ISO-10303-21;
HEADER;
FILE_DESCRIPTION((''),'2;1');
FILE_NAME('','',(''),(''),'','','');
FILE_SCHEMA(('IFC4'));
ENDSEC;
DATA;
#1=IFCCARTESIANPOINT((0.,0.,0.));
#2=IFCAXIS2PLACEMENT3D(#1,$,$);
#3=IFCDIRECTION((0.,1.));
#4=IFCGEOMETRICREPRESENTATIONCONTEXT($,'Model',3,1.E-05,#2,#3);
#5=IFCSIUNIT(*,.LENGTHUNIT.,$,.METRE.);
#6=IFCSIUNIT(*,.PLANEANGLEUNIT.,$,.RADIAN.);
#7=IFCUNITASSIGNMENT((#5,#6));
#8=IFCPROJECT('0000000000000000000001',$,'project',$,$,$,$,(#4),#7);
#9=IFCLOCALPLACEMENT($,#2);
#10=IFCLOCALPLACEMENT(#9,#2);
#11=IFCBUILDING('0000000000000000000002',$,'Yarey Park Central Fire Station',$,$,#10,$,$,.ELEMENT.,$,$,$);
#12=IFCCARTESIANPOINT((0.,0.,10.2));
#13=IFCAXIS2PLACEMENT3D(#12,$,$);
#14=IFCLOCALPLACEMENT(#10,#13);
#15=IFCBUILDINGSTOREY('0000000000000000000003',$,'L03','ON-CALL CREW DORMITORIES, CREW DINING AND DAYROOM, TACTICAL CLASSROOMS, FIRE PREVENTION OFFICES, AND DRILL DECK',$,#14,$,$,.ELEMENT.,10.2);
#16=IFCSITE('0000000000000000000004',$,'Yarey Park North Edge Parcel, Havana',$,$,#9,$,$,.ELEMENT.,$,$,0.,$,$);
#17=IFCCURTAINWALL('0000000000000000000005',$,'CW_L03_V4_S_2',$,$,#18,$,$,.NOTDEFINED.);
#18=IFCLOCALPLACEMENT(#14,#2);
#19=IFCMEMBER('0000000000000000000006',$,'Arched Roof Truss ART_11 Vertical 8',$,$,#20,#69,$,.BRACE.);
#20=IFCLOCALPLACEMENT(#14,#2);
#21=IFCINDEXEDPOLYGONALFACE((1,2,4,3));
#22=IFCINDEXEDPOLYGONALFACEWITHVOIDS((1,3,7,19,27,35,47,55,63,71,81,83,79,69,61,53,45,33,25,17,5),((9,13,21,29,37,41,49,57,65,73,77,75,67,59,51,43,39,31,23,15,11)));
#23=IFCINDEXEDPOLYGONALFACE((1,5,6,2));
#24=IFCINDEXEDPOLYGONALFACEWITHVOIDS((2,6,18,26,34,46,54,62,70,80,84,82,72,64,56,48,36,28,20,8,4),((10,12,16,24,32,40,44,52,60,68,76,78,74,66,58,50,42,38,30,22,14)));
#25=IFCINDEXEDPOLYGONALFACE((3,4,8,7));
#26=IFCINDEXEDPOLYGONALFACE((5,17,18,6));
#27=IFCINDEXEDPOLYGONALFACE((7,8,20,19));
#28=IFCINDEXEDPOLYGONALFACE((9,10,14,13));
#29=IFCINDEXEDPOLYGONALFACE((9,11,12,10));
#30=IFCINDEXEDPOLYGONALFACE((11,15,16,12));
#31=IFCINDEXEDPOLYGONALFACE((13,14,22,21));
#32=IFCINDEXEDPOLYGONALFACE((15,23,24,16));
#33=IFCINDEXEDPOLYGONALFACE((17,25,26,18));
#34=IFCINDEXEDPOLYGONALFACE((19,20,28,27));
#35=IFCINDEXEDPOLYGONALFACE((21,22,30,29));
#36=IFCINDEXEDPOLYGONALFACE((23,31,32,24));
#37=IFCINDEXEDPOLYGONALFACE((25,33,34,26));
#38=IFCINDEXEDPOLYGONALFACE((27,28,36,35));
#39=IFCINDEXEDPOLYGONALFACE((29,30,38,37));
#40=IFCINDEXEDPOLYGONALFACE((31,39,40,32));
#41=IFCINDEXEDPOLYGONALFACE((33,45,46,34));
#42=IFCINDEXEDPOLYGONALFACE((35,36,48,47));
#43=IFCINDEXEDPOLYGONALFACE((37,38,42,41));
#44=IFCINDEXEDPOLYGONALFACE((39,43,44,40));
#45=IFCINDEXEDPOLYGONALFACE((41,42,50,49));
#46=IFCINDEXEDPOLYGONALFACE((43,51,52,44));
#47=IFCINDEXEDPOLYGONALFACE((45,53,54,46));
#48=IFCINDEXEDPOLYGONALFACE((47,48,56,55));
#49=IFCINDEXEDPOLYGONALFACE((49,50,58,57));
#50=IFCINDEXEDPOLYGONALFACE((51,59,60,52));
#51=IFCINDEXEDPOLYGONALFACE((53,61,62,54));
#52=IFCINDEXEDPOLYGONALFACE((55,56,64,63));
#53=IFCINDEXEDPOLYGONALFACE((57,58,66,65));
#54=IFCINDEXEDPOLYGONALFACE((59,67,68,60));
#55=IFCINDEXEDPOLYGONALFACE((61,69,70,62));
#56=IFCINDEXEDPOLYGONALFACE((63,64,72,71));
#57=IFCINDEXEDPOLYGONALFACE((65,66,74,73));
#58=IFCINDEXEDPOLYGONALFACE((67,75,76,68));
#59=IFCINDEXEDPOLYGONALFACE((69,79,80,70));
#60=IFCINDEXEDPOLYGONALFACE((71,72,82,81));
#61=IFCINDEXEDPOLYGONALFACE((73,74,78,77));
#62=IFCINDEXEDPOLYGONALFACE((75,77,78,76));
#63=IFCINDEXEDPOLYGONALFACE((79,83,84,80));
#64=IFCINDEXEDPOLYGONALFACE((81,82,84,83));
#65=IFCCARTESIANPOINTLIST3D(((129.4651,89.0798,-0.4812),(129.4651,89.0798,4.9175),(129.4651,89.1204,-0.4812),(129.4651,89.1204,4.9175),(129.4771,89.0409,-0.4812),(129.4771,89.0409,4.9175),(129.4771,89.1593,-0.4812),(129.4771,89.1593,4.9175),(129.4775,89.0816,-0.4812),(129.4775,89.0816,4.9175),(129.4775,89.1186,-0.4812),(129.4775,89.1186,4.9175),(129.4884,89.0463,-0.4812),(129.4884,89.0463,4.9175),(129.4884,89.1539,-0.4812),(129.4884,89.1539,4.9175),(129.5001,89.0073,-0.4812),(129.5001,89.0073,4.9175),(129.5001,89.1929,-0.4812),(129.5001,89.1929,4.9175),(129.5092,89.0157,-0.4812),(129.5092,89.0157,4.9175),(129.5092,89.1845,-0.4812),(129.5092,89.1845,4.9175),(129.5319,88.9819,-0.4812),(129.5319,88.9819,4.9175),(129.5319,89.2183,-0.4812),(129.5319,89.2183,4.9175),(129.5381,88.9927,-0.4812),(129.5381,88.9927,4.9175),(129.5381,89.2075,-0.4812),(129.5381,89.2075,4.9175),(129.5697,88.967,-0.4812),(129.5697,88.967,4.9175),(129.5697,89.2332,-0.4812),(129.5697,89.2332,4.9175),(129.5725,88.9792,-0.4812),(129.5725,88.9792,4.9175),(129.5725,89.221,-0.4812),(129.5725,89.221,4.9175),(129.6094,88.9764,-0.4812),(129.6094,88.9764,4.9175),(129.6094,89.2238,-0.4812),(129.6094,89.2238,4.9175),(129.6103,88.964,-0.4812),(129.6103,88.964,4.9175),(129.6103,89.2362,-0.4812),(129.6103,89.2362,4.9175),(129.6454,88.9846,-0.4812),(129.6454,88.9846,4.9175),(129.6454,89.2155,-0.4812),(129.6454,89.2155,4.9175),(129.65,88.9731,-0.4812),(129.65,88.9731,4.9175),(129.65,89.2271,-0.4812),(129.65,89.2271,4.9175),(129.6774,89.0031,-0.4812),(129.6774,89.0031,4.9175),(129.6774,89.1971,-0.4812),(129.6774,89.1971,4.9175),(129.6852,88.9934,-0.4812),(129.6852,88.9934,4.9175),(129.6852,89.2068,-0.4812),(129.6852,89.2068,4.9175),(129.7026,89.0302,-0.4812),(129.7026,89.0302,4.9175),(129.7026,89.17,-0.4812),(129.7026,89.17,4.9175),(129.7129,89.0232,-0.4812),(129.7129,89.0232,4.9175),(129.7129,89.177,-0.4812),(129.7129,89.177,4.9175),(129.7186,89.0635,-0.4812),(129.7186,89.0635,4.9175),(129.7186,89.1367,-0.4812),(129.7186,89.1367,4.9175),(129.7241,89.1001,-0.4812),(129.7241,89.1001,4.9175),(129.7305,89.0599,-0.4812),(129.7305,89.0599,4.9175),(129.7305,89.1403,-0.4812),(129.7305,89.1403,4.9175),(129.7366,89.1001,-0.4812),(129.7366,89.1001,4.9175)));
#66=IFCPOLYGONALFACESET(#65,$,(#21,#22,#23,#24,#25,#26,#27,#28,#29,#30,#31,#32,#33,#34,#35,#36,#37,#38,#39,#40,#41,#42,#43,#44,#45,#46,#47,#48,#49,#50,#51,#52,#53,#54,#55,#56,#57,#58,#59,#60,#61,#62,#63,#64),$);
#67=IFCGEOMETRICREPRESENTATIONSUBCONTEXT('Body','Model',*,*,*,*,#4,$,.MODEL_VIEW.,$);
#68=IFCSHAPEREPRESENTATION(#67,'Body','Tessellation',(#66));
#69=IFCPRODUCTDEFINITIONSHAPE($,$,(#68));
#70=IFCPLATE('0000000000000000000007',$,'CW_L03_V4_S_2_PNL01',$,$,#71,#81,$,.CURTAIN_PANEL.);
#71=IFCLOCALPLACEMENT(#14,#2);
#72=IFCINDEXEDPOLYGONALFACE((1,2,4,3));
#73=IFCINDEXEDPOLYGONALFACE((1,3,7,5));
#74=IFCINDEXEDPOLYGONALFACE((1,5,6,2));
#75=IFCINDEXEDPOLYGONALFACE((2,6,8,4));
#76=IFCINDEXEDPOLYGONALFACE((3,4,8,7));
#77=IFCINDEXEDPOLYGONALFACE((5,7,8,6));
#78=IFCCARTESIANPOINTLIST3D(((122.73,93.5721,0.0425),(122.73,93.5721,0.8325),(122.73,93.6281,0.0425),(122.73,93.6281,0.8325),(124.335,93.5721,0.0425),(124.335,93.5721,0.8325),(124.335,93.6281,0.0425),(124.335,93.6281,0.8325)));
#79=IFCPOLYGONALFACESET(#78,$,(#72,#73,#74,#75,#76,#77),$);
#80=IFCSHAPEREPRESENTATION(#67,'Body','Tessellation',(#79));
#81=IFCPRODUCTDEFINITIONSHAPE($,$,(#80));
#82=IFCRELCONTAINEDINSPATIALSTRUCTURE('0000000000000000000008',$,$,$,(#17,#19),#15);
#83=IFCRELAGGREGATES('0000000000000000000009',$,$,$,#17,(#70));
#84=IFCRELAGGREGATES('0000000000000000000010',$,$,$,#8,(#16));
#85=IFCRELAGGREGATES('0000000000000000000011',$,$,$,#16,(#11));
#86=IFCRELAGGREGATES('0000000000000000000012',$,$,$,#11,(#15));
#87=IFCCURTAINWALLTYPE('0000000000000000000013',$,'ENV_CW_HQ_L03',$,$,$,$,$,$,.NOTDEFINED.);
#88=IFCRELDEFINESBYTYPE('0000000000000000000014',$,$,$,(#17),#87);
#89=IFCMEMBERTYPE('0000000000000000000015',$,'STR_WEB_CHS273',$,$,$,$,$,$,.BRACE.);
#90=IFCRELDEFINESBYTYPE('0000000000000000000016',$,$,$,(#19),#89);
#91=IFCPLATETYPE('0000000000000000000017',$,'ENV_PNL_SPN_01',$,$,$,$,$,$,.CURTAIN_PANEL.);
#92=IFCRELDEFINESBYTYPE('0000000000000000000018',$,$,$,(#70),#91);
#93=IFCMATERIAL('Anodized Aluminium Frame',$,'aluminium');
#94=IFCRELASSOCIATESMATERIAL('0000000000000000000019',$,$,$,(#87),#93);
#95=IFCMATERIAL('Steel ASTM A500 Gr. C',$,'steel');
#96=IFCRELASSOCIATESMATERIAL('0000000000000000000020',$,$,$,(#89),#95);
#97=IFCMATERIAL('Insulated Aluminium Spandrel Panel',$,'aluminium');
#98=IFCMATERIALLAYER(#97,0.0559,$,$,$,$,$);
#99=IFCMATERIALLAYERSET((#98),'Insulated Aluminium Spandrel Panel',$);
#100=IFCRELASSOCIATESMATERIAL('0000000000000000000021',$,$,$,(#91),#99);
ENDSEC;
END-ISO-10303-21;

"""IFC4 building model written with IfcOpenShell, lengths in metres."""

from ifc_helpers import new_model, si_unit, direction, frame, origin, origin_2d, place, context, subcontext, project, spatial, rectangle, hollow_circle, extrude, material, layer, layer_set, material_profile, profile_set, type_object, element, aggregate, save


model = new_model("IFC4")

# Units and contexts
model_context = context("Model", 3, precision=1e-05, world=origin(), true_north=direction((0.0, 1.0)))
body_context = subcontext(model_context, "Body", "Model", "MODEL_VIEW")
ifc_project = project(units=[si_unit("LENGTHUNIT", "METRE"), si_unit("PLANEANGLEUNIT", "RADIAN")], contexts=[model_context])

# Site, building, storey
site_placement = place(None, origin())
site = spatial("IfcSite", under=ifc_project, at=site_placement, Name="Yarey Park North Edge Parcel, Havana", CompositionType="ELEMENT", RefElevation=0.0)
building_placement = place(site_placement, origin())
building = spatial("IfcBuilding", under=site, at=building_placement, Name="Yarey Park Central Fire Station", CompositionType="ELEMENT")
storey_placement = place(building_placement, frame((0.0, 0.0, 10.2)))
storey = spatial("IfcBuildingStorey", under=building, at=storey_placement, Name="L03", Description="ON-CALL CREW DORMITORIES, CREW DINING AND DAYROOM, TACTICAL CLASSROOMS, FIRE PREVENTION OFFICES, AND DRILL DECK", CompositionType="ELEMENT", Elevation=10.2)

# Curtain wall
ifc_material_1 = material(Name="Anodized Aluminium Frame", Category="aluminium")
curtain_wall_type = type_object("IfcCurtainWallType", Name="ENV_CW_HQ_L03", PredefinedType="NOTDEFINED", material=ifc_material_1)
curtain_wall_placement = place(storey_placement, origin())
curtain_wall = element("IfcCurtainWall", 1, at=curtain_wall_placement, inside=storey, type_object=curtain_wall_type, Name="CW_L03_V4_S_2", PredefinedType="NOTDEFINED")

# Member
ifc_material_2 = material(Name="Steel ASTM A500 Gr. C", Category="steel")
ifc_material_profile_1 = material_profile(ifc_material_2, hollow_circle(Radius=0.1365, WallThickness=0.0125, at=origin_2d()), Name="CHS 273x12.5")
ifc_profile_set_1 = profile_set([ifc_material_profile_1], Name="Steel ASTM A500 Gr. C")
member_type_1 = type_object("IfcMemberType", Name="STR_WEB_CHS273", PredefinedType="BRACE", material=ifc_profile_set_1)
member_1_placement = place(storey_placement, frame((129.6001, 89.1001, -0.4812), z_axis=(0.0, 0.0, 1.0), x_axis=(1.0, 0.0, 0.0)))
element("IfcMember", 2, at=member_1_placement, inside=storey, type_object=member_type_1, Name="Arched Roof Truss ART_11 Vertical 8", PredefinedType="BRACE", context=body_context, shape_type="SweptSolid", body=[
    extrude(hollow_circle(Radius=0.1365, WallThickness=0.0125, at=origin_2d()), origin(), (0.0, 0.0, 1.0), 5.3987),
])

# Plate
ifc_material_3 = material(Name="Insulated Aluminium Spandrel Panel", Category="aluminium")
ifc_layer = layer(ifc_material_3, 0.0559)
ifc_layer_set = layer_set([ifc_layer], Name="Insulated Aluminium Spandrel Panel")
plate_type = type_object("IfcPlateType", Name="ENV_PNL_SPN_01", PredefinedType="CURTAIN_PANEL", material=ifc_layer_set)
plate_placement = place(storey_placement, frame((123.5325, 93.6001, 0.0425), z_axis=(0.0, 0.0, 1.0), x_axis=(1.0, 0.0, 0.0)))
plate = element("IfcPlate", 3, at=plate_placement, type_object=plate_type, Name="CW_L03_V4_S_2_PNL01", PredefinedType="CURTAIN_PANEL", context=body_context, shape_type="SweptSolid", body=[
    extrude(rectangle(XDim=1.605, YDim=0.0559, at=origin_2d()), origin(), (0.0, 0.0, 1.0), 0.79),
])
aggregate(curtain_wall, [plate])

save(model, "model.ifc")
